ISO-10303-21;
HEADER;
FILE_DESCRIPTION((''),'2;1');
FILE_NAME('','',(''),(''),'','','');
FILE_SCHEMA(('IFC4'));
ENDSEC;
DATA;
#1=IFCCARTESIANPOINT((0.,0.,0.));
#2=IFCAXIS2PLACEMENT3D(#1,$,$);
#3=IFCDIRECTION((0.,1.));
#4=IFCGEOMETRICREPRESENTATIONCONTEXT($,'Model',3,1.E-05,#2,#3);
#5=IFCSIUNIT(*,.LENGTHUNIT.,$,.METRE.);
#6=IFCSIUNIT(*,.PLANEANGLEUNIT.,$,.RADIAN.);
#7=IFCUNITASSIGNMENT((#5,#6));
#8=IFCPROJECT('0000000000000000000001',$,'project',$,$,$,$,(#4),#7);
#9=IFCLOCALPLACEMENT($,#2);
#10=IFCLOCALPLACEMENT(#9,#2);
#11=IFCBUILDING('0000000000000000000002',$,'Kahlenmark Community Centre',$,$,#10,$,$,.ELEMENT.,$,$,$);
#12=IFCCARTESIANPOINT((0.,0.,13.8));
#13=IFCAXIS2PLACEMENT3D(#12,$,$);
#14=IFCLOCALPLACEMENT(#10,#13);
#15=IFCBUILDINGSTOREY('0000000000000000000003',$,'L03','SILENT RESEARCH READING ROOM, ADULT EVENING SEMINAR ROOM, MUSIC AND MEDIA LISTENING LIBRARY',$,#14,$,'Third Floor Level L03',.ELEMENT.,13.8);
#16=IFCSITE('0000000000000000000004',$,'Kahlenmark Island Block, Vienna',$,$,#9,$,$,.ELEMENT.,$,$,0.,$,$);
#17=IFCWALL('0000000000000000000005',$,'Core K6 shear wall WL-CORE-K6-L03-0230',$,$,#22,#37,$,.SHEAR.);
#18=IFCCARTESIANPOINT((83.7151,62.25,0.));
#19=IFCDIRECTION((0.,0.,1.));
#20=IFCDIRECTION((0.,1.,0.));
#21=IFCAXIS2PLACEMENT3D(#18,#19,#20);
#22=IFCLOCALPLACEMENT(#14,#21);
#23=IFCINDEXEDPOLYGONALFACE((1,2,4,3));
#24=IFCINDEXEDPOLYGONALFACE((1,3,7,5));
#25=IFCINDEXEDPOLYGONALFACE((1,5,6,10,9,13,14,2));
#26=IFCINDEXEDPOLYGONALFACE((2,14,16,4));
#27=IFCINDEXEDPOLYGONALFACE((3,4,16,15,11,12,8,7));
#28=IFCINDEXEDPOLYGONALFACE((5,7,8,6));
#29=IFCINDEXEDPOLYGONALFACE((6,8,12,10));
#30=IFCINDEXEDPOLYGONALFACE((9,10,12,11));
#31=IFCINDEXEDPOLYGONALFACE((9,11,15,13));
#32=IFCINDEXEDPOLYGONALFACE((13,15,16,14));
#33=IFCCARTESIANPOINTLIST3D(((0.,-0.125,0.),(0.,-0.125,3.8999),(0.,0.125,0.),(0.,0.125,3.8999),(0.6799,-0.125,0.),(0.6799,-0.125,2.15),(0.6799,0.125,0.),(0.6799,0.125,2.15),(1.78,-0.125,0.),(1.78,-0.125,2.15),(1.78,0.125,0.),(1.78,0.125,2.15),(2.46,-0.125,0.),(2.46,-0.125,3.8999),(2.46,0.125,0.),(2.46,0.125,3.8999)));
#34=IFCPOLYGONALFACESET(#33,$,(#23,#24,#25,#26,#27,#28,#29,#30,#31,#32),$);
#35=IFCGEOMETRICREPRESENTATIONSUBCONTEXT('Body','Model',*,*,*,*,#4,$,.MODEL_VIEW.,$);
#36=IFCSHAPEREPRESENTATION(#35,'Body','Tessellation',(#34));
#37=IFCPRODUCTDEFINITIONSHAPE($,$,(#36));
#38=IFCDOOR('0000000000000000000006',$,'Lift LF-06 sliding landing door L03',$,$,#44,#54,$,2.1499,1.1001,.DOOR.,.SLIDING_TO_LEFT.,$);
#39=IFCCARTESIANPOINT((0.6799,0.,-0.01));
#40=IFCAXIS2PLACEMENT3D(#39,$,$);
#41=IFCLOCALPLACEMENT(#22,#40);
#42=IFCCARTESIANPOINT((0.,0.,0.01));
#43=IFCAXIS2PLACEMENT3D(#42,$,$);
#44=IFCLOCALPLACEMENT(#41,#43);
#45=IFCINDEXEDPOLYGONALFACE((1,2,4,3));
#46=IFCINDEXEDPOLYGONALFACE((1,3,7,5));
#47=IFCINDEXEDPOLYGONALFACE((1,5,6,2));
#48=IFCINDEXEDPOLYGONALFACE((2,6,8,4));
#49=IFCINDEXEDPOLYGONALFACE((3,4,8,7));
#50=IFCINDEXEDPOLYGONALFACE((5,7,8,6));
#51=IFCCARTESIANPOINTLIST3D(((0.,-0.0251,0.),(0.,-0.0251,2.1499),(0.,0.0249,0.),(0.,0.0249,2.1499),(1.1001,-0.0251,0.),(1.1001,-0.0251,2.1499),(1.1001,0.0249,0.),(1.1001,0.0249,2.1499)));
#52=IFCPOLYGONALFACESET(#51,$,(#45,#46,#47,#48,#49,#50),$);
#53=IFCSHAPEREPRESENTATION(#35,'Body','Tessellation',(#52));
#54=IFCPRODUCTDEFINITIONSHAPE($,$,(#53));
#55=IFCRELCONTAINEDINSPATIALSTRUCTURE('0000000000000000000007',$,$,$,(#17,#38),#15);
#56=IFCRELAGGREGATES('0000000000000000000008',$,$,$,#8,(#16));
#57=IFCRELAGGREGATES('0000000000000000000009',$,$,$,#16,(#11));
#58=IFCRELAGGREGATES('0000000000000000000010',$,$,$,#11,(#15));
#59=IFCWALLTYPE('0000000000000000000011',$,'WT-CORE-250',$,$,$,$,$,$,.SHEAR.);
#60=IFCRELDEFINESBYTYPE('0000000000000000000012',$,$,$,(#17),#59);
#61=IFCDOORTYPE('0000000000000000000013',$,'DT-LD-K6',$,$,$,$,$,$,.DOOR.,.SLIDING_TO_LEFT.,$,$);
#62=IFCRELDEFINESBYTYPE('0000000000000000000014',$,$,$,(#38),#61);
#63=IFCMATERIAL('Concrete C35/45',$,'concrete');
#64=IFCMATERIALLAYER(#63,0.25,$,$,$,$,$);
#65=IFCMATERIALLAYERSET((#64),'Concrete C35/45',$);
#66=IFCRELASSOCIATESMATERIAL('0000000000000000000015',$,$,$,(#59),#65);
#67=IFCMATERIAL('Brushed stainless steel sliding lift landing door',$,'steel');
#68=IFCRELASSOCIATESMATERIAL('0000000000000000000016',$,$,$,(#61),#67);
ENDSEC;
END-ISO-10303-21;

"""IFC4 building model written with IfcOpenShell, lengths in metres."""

from ifc_helpers import new_model, si_unit, direction, frame, frame_2d, origin, place, context, subcontext, project, spatial, rectangle, extrude, material, layer, layer_set, type_object, element, fill, save


model = new_model("IFC4")

# Units and contexts
model_context = context("Model", 3, precision=1e-05, world=origin(), true_north=direction((0.0, 1.0)))
body_context = subcontext(model_context, "Body", "Model", "MODEL_VIEW")
ifc_project = project(units=[si_unit("LENGTHUNIT", "METRE"), si_unit("PLANEANGLEUNIT", "RADIAN")], contexts=[model_context])

# Site, building, storey
site_placement = place(None, origin())
site = spatial("IfcSite", under=ifc_project, at=site_placement, Name="Kahlenmark Island Block, Vienna", CompositionType="ELEMENT", RefElevation=0.0)
building_placement = place(site_placement, origin())
building = spatial("IfcBuilding", under=site, at=building_placement, Name="Kahlenmark Community Centre", CompositionType="ELEMENT")
storey_placement = place(building_placement, frame((0.0, 0.0, 13.8)))
storey = spatial("IfcBuildingStorey", under=building, at=storey_placement, Name="L03", Description="SILENT RESEARCH READING ROOM, ADULT EVENING SEMINAR ROOM, MUSIC AND MEDIA LISTENING LIBRARY", LongName="Third Floor Level L03", CompositionType="ELEMENT", Elevation=13.8)

# Shared definitions
ifc_material_1 = material(Name="Concrete C35/45", Category="concrete")
ifc_layer_1 = layer(ifc_material_1, 0.25)
ifc_layer_set_1 = layer_set([ifc_layer_1], Name="Concrete C35/45")
wall_type_1 = type_object("IfcWallType", Name="WT-CORE-250", PredefinedType="SHEAR", material=ifc_layer_set_1)

# Wall, opening, door
wall_1_placement = place(storey_placement, frame((83.7151, 62.25, 0.0), z_axis=(0.0, 0.0, 1.0), x_axis=(0.0, 1.0, 0.0)))
wall_1 = element("IfcWall", 1, at=wall_1_placement, inside=storey, type_object=wall_type_1, Name="Core K6 shear wall WL-CORE-K6-L03-0230", PredefinedType="SHEAR", context=body_context, shape_type="SweptSolid", body=[
    extrude(rectangle(XDim=2.46, YDim=0.25, at=frame_2d((1.23, 0.0))), origin(), (0.0, 0.0, 1.0), 3.8999),
])
opening_1_placement = place(wall_1_placement, frame((0.6799, 0.0, -0.01)))
opening_1 = element("IfcOpeningElement", 2, at=opening_1_placement, cuts=wall_1, PredefinedType="OPENING", context=body_context, shape_type="SweptSolid", body=[
    extrude(rectangle(XDim=1.1001, YDim=2.1599, at=frame_2d((0.55, 1.0801))), frame((0.0, 0.135, 0.0), z_axis=(0.0, -1.0, 0.0), x_axis=(1.0, 0.0, 0.0)), (0.0, 0.0, 1.0), 0.27),
])
ifc_material_2 = material(Name="Brushed stainless steel sliding lift landing door", Category="steel")
door_type = type_object("IfcDoorType", Name="DT-LD-K6", OperationType="SLIDING_TO_LEFT", PredefinedType="DOOR", material=ifc_material_2)
door_placement = place(opening_1_placement, frame((0.0, 0.0, 0.01)))
door = element("IfcDoor", 3, at=door_placement, inside=storey, type_object=door_type, Name="Lift LF-06 sliding landing door L03", OperationType="SLIDING_TO_LEFT", OverallHeight=2.1499, OverallWidth=1.1001, PredefinedType="DOOR", context=body_context, shape_type="SweptSolid", body=[
    extrude(rectangle(XDim=1.1001, YDim=2.1499, at=frame_2d((0.55, 1.075))), frame((0.0, 0.0249, 0.0), z_axis=(0.0, -1.0, 0.0), x_axis=(1.0, 0.0, 0.0)), (0.0, 0.0, 1.0), 0.05),
])
fill(opening_1, door)

save(model, "model.ifc")
